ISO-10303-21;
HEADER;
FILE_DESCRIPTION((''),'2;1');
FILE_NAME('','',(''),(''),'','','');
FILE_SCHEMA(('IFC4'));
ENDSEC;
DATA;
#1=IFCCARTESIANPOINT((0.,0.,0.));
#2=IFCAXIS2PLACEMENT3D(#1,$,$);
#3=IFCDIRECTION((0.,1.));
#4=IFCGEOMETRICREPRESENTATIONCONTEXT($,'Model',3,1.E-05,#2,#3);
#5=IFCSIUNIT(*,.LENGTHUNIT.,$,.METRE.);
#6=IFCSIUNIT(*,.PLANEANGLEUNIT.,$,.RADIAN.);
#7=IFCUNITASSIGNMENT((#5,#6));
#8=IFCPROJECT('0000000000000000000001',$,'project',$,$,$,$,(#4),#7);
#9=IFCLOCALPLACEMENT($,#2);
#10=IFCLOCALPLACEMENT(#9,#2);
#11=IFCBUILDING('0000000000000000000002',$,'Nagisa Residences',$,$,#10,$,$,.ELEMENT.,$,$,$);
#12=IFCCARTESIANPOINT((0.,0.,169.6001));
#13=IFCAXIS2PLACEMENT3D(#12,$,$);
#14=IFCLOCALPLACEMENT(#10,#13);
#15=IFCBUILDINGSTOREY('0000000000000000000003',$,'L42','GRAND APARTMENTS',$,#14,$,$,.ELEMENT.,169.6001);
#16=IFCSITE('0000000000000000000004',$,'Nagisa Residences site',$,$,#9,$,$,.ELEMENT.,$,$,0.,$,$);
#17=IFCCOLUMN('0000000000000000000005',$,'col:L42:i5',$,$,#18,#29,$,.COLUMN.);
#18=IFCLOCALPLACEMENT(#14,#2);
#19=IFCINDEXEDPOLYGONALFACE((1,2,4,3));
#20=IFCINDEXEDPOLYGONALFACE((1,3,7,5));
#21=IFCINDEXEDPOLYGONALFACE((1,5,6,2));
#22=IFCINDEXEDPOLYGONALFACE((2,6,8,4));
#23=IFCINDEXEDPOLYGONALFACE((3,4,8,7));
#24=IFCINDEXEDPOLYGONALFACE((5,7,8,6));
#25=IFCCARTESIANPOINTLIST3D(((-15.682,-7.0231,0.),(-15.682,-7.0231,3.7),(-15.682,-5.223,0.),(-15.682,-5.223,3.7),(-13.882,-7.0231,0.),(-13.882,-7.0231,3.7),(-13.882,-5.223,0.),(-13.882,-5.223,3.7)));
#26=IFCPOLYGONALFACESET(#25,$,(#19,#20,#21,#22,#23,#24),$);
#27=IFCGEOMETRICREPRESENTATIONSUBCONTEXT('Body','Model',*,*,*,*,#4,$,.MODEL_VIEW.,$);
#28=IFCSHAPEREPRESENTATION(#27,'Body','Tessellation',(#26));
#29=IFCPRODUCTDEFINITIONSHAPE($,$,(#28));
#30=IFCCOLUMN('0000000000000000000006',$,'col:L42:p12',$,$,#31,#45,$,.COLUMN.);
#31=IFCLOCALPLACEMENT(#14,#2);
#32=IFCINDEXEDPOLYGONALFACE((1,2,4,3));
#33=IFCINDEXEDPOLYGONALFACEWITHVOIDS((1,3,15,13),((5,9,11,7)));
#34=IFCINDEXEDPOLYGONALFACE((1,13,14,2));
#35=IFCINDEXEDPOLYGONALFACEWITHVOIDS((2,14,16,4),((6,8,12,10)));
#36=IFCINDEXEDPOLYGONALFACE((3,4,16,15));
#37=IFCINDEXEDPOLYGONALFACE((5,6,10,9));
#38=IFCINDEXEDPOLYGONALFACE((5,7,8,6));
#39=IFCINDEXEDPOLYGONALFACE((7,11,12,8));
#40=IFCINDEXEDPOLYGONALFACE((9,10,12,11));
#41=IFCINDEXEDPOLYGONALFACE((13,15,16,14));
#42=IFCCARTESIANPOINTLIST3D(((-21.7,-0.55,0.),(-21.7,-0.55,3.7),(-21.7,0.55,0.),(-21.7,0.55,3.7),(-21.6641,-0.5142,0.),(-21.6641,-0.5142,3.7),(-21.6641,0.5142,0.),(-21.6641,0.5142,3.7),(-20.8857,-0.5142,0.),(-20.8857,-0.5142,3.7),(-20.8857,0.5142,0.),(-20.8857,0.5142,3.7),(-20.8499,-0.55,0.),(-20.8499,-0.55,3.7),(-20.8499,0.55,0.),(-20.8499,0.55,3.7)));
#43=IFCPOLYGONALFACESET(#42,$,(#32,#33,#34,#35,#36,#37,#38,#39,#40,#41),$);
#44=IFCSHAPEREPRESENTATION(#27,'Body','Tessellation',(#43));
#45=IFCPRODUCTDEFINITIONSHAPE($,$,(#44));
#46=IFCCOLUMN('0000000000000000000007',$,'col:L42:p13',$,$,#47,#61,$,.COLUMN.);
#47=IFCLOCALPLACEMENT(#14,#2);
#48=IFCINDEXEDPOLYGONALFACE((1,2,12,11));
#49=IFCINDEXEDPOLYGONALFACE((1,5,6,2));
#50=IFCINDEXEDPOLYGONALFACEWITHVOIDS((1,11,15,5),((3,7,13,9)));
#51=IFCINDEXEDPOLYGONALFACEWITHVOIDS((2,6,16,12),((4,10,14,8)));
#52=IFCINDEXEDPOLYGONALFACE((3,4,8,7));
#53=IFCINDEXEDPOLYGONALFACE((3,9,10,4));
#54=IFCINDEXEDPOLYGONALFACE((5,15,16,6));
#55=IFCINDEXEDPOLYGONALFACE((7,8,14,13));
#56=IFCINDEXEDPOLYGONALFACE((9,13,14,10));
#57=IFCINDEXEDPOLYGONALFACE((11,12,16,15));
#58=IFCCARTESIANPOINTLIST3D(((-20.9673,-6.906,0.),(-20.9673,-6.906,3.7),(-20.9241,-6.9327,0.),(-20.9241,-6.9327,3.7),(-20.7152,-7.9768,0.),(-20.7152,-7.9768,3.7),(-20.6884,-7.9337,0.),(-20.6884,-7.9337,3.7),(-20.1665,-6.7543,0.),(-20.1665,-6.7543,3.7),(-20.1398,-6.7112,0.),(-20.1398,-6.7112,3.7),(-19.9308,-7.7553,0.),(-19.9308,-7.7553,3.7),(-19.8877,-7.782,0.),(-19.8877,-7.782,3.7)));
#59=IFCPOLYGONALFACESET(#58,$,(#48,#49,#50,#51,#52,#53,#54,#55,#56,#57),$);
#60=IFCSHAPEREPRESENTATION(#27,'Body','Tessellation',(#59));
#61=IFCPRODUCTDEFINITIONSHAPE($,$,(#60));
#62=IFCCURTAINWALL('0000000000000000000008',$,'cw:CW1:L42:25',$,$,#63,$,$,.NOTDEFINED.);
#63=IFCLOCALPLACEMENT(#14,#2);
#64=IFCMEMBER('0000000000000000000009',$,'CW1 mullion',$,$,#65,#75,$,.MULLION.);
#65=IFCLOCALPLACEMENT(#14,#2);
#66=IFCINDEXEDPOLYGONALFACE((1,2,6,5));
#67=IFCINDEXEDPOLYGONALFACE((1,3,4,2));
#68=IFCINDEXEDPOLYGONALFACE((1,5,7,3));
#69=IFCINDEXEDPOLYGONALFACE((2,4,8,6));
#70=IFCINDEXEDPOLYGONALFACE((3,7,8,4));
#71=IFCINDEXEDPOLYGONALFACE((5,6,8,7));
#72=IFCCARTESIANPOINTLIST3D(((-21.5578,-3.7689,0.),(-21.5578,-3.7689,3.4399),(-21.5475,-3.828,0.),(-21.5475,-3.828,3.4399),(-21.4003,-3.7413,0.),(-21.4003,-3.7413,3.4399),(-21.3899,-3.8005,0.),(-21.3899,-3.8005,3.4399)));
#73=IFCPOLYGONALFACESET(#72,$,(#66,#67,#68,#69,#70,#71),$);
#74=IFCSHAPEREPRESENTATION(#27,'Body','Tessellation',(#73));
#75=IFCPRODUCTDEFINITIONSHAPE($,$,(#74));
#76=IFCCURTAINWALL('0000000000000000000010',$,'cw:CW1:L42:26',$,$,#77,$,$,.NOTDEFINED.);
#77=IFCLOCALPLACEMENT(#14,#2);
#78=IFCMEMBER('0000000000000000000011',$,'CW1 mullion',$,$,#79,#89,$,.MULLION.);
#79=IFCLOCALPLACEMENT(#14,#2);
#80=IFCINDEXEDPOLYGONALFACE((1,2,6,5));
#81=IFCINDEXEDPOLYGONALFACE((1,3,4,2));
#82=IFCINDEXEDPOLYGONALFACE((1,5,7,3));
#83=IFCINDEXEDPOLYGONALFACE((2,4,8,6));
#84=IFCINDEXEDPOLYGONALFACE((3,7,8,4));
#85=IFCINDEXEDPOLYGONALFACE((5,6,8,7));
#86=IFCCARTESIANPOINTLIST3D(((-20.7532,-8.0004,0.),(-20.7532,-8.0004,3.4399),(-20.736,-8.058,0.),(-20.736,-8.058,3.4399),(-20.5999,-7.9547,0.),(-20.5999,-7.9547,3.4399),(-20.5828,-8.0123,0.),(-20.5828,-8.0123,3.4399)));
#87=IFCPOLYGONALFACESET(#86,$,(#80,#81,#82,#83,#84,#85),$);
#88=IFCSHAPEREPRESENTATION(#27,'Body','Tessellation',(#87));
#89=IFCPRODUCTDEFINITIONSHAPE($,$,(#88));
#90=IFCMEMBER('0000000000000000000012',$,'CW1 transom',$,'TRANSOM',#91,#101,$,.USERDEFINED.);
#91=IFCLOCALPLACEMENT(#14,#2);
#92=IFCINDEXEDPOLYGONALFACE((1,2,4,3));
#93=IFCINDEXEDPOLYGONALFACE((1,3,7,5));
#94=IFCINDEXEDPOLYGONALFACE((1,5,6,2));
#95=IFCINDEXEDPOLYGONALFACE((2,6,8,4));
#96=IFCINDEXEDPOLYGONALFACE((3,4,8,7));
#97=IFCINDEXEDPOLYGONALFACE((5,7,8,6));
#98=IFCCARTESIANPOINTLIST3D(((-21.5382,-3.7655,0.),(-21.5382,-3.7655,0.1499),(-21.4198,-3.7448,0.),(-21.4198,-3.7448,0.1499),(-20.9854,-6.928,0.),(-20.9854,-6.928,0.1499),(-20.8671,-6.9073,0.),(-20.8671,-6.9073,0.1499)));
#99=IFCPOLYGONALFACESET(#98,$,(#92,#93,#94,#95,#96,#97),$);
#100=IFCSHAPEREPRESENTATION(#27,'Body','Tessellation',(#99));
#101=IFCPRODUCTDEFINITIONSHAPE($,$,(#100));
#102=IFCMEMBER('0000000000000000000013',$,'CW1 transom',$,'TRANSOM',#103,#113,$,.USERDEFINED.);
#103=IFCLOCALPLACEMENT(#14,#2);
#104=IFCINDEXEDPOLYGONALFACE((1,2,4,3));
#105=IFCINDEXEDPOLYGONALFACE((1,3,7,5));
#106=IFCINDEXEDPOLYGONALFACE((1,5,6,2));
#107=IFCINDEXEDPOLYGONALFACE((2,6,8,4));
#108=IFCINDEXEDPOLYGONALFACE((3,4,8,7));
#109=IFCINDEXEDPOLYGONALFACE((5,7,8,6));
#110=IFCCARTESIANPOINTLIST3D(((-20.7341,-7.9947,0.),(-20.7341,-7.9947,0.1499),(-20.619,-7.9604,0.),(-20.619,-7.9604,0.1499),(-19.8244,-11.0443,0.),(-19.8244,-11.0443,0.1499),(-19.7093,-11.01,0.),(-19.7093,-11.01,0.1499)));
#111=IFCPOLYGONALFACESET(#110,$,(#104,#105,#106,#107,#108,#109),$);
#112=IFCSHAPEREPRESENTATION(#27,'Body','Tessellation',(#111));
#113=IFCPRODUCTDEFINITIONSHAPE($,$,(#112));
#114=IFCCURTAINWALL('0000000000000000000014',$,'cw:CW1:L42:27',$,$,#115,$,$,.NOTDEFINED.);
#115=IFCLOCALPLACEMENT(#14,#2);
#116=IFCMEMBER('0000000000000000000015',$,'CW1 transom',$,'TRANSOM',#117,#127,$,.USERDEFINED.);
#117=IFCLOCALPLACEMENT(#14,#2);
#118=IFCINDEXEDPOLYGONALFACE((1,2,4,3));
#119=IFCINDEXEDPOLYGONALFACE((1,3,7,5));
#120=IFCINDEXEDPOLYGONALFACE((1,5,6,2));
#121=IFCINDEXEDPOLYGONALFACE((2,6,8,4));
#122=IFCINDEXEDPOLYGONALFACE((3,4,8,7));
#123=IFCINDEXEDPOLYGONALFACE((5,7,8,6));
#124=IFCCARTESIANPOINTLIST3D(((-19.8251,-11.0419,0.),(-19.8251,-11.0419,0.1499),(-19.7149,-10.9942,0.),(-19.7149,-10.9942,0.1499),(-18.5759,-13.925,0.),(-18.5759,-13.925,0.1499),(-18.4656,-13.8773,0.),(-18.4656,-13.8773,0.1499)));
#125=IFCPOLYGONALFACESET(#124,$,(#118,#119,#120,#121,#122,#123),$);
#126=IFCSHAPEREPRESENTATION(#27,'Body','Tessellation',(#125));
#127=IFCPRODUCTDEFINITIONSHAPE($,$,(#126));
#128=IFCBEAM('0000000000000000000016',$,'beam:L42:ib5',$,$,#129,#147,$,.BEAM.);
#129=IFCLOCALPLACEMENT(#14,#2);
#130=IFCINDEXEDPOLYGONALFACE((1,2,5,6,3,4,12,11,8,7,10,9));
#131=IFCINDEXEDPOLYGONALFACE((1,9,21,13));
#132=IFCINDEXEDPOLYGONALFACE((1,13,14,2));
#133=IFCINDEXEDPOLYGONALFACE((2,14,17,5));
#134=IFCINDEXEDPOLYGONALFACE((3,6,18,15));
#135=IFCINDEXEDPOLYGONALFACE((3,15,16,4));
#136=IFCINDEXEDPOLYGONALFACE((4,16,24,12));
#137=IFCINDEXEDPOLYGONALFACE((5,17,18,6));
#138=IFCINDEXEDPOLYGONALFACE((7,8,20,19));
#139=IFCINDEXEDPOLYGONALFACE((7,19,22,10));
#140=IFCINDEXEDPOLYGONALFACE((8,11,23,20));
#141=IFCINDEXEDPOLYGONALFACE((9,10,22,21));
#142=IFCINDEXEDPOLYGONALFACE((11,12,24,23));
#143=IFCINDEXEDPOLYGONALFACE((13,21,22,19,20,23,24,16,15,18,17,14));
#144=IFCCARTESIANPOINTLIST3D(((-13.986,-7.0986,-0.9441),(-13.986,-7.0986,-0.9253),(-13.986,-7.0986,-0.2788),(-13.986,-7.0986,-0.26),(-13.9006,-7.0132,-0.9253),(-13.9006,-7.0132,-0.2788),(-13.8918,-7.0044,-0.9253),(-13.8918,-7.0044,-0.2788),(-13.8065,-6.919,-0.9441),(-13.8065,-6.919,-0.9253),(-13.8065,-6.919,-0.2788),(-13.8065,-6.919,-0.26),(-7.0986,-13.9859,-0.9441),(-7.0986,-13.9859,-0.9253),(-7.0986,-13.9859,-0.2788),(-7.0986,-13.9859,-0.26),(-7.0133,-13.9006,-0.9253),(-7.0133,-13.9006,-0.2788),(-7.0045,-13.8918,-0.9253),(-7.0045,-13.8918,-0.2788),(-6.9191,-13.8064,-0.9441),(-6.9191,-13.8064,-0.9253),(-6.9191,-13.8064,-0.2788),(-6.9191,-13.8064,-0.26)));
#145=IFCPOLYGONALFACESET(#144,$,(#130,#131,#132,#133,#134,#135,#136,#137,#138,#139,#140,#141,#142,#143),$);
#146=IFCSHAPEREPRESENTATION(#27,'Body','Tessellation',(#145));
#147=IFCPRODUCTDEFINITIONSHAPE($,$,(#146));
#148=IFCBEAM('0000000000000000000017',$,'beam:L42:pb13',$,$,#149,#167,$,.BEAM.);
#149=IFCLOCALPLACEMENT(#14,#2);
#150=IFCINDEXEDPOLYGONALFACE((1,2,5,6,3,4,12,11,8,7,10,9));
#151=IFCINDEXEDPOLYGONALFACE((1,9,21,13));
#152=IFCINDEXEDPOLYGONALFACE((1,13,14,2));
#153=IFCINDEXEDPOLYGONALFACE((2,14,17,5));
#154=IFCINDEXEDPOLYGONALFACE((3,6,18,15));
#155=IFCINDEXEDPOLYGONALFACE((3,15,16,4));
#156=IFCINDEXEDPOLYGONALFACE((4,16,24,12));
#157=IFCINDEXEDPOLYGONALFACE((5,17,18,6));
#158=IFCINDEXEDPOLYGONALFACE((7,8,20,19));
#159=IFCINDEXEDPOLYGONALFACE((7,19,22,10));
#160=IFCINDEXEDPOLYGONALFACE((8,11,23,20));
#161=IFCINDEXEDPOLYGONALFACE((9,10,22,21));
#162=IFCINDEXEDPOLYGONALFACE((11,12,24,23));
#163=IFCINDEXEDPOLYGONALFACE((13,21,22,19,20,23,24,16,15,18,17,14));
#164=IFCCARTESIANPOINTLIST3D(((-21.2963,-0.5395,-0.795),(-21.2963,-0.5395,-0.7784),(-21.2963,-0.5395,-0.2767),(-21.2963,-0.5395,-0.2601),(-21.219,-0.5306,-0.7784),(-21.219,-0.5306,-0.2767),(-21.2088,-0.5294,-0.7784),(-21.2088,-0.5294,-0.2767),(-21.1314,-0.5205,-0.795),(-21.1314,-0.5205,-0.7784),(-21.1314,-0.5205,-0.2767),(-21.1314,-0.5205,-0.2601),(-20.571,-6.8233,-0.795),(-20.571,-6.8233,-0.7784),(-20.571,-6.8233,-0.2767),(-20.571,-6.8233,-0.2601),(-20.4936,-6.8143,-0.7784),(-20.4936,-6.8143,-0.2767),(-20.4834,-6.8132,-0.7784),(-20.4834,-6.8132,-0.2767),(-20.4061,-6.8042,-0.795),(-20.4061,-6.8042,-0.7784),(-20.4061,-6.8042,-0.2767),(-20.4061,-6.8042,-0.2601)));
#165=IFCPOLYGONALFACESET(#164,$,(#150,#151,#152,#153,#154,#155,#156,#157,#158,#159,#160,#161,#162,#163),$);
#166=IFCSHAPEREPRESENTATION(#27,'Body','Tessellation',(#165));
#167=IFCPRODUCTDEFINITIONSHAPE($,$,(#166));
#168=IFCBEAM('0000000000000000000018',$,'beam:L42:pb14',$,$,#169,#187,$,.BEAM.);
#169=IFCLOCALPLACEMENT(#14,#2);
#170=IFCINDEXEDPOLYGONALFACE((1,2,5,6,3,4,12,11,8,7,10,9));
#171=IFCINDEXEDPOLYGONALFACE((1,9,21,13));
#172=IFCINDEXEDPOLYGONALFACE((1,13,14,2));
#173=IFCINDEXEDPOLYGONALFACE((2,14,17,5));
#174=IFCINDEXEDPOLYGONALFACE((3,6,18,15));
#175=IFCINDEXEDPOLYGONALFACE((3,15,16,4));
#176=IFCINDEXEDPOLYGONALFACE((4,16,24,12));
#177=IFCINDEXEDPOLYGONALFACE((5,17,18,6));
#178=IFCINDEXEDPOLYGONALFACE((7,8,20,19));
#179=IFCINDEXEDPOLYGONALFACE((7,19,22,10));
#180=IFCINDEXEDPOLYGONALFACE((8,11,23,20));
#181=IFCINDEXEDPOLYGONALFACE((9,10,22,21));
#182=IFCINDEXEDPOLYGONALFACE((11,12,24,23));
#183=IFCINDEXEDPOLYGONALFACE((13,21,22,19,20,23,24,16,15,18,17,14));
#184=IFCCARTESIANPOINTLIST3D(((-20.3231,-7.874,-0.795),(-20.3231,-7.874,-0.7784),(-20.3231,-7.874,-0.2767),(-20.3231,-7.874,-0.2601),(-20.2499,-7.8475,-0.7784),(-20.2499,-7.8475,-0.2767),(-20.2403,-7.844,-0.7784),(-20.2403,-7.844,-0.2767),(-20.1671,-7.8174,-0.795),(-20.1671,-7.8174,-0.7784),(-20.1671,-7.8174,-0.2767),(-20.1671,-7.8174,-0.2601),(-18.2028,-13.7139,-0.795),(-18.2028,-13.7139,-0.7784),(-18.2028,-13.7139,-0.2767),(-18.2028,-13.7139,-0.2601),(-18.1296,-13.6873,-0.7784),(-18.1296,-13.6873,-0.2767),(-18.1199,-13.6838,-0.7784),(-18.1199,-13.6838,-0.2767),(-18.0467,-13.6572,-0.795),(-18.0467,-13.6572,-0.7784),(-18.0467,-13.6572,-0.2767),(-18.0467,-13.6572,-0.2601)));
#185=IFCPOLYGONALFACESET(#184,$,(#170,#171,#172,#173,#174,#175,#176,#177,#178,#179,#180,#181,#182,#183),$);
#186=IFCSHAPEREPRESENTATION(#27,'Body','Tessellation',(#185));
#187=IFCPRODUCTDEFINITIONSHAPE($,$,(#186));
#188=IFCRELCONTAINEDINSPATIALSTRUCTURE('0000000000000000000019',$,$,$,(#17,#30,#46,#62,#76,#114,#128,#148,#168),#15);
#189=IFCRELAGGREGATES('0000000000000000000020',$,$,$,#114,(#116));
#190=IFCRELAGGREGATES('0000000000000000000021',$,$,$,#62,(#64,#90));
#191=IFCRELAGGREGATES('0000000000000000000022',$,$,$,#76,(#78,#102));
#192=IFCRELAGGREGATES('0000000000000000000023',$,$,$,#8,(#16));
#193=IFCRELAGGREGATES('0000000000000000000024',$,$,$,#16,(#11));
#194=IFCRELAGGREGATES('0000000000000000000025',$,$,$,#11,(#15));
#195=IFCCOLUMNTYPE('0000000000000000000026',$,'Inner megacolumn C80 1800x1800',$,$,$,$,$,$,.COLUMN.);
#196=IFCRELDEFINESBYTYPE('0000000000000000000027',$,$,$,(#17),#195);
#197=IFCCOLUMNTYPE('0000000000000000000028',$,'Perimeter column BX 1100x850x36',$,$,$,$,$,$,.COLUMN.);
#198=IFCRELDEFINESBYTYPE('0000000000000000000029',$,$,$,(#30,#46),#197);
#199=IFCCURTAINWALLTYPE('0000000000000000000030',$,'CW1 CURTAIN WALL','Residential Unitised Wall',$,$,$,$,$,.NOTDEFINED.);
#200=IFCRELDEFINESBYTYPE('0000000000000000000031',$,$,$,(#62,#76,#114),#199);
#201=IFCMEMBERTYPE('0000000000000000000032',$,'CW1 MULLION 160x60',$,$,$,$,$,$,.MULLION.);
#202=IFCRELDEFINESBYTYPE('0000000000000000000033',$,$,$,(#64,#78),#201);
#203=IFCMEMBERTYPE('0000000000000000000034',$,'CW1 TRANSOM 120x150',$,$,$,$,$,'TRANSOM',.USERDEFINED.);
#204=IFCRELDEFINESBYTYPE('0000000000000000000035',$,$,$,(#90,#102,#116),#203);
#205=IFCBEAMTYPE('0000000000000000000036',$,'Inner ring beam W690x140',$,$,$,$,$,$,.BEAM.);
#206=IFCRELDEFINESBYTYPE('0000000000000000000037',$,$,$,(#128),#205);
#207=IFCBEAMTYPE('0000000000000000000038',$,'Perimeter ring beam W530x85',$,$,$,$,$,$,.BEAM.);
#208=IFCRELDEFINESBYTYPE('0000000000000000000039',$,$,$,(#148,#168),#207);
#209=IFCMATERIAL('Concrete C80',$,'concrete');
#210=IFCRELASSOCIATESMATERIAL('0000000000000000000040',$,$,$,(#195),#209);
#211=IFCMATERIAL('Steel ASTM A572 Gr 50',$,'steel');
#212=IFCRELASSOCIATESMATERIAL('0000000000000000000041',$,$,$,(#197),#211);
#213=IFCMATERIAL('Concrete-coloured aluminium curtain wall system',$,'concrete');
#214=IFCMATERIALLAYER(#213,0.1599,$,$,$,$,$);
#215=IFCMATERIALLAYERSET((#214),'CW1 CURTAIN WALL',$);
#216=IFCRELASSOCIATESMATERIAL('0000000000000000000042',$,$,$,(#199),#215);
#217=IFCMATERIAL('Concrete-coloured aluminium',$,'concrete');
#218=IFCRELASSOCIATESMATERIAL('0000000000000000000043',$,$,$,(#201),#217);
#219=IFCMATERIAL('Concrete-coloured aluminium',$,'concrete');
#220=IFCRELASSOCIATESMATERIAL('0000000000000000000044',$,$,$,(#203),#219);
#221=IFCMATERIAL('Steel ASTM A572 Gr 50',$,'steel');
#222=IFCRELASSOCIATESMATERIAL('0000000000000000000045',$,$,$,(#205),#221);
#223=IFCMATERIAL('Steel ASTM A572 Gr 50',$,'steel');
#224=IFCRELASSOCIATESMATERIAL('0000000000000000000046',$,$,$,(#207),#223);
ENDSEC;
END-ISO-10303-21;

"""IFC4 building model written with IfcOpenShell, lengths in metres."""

from ifc_helpers import new_model, si_unit, direction, frame, origin, origin_2d, place, context, subcontext, project, spatial, rectangle, hollow_rectangle, i_section, extrude, material, layer, layer_set, material_profile, profile_set, type_object, element, aggregate, save


model = new_model("IFC4")

# Units and contexts
model_context = context("Model", 3, precision=1e-05, world=origin(), true_north=direction((0.0, 1.0)))
body_context = subcontext(model_context, "Body", "Model", "MODEL_VIEW")
ifc_project = project(units=[si_unit("LENGTHUNIT", "METRE"), si_unit("PLANEANGLEUNIT", "RADIAN")], contexts=[model_context])

# Site, building, storey
site_placement = place(None, origin())
site = spatial("IfcSite", under=ifc_project, at=site_placement, Name="Nagisa Residences site", CompositionType="ELEMENT", RefElevation=0.0)
building_placement = place(site_placement, origin())
building = spatial("IfcBuilding", under=site, at=building_placement, Name="Nagisa Residences", CompositionType="ELEMENT")
storey_placement = place(building_placement, frame((0.0, 0.0, 169.6001)))
storey = spatial("IfcBuildingStorey", under=building, at=storey_placement, Name="L42", Description="GRAND APARTMENTS", CompositionType="ELEMENT", Elevation=169.6001)

# Columns
ifc_material_1 = material(Name="Concrete C80", Category="concrete")
ifc_material_profile_1 = material_profile(ifc_material_1, rectangle(XDim=1.8, YDim=1.8, at=origin_2d()), Name="C80 1800x1800")
ifc_profile_set_1 = profile_set([ifc_material_profile_1], Name="Concrete C80")
column_type_1 = type_object("IfcColumnType", Name="Inner megacolumn C80 1800x1800", PredefinedType="COLUMN", material=ifc_profile_set_1)
column_placement = place(storey_placement, frame((-14.782, -6.123, 0.0), z_axis=(0.0, 0.0, 1.0), x_axis=(1.0, 0.0, 0.0)))
element("IfcColumn", 1, at=column_placement, inside=storey, type_object=column_type_1, Name="col:L42:i5", PredefinedType="COLUMN", context=body_context, shape_type="SweptSolid", body=[
    extrude(rectangle(XDim=1.8, YDim=1.8, at=origin_2d()), origin(), (0.0, 0.0, 1.0), 3.7),
])
ifc_material_2 = material(Name="Steel ASTM A572 Gr 50", Category="steel")
ifc_material_profile_2 = material_profile(ifc_material_2, hollow_rectangle(XDim=1.1001, YDim=0.8501, WallThickness=0.0359, at=origin_2d()), Name="BX 1100x850x36")
ifc_profile_set_2 = profile_set([ifc_material_profile_2], Name="Steel ASTM A572 Gr 50")
column_type_2 = type_object("IfcColumnType", Name="Perimeter column BX 1100x850x36", PredefinedType="COLUMN", material=ifc_profile_set_2)
for number, where, z_axis, x_axis, name in (
    (2, (-21.2749, 0.0, 0.0), (0.0, 0.0, 1.0), (0.0, -1.0, 0.0), "col:L42:p12"),
    (3, (-20.4275, -7.344, 0.0), (0.0, 0.0, 1.0), (0.229202, -0.973379, 0.0), "col:L42:p13"),
):
    element("IfcColumn", number, at=place(storey_placement, frame(where, z_axis=z_axis, x_axis=x_axis)), inside=storey, type_object=column_type_2, Name=name, PredefinedType="COLUMN", context=body_context, shape_type="SweptSolid", body=[
        extrude(hollow_rectangle(XDim=1.1001, YDim=0.8501, WallThickness=0.0359, at=origin_2d()), origin(), (0.0, 0.0, 1.0), 3.7),
    ])

# Curtain walls, members
ifc_material_3 = material(Name="Concrete-coloured aluminium curtain wall system", Category="concrete")
ifc_layer_1 = layer(ifc_material_3, 0.1599)
ifc_layer_set_1 = layer_set([ifc_layer_1], Name="CW1 CURTAIN WALL")
curtain_wall_type = type_object("IfcCurtainWallType", Name="CW1 CURTAIN WALL", Description="Residential Unitised Wall", PredefinedType="NOTDEFINED", material=ifc_layer_set_1)
curtain_wall_1_placement = place(storey_placement, origin())
curtain_wall_1 = element("IfcCurtainWall", 4, at=curtain_wall_1_placement, inside=storey, type_object=curtain_wall_type, Name="cw:CW1:L42:25", PredefinedType="NOTDEFINED")
ifc_material_4 = material(Name="Concrete-coloured aluminium", Category="concrete")
ifc_material_profile_3 = material_profile(ifc_material_4, rectangle(XDim=0.1599, YDim=0.0601, at=origin_2d()), Name="CW1 MULLION 160x60")
ifc_profile_set_3 = profile_set([ifc_material_profile_3], Name="Concrete-coloured aluminium")
member_type_1 = type_object("IfcMemberType", Name="CW1 MULLION 160x60", PredefinedType="MULLION", material=ifc_profile_set_3)
member_1_placement = place(storey_placement, frame((-21.4739, -3.7847, 0.0), z_axis=(0.0, 0.0, 1.0), x_axis=(0.985064, 0.172191, 0.0)))
member_1 = element("IfcMember", 5, at=member_1_placement, type_object=member_type_1, Name="CW1 mullion", PredefinedType="MULLION", context=body_context, shape_type="SweptSolid", body=[
    extrude(rectangle(XDim=0.1599, YDim=0.0601, at=origin_2d()), origin(), (0.0, 0.0, 1.0), 3.4399),
])
curtain_wall_2_placement = place(storey_placement, origin())
curtain_wall_2 = element("IfcCurtainWall", 6, at=curtain_wall_2_placement, inside=storey, type_object=curtain_wall_type, Name="cw:CW1:L42:26", PredefinedType="NOTDEFINED")
member_2_placement = place(storey_placement, frame((-20.668, -8.0063, 0.0), z_axis=(0.0, 0.0, 1.0), x_axis=(0.958271, 0.28586, 0.0)))
member_2 = element("IfcMember", 7, at=member_2_placement, type_object=member_type_1, Name="CW1 mullion", PredefinedType="MULLION", context=body_context, shape_type="SweptSolid", body=[
    extrude(rectangle(XDim=0.1599, YDim=0.0601, at=origin_2d()), origin(), (0.0, 0.0, 1.0), 3.4399),
])

# Members
ifc_material_5 = material(Name="Concrete-coloured aluminium", Category="concrete")
ifc_material_profile_4 = material_profile(ifc_material_5, rectangle(XDim=0.1201, YDim=0.1499, at=origin_2d()), Name="CW1 TRANSOM 120x150")
ifc_profile_set_4 = profile_set([ifc_material_profile_4], Name="Concrete-coloured aluminium")
member_type_2 = type_object("IfcMemberType", Name="CW1 TRANSOM 120x150", ElementType="TRANSOM", PredefinedType="USERDEFINED", material=ifc_profile_set_4)
member_3_placement = place(storey_placement, frame((-21.479, -3.7551, 0.075), z_axis=(0.172163, -0.985069, 0.0), x_axis=(0.985069, 0.172163, 0.0)))
member_3 = element("IfcMember", 8, at=member_3_placement, type_object=member_type_2, Name="CW1 transom", ObjectType="TRANSOM", PredefinedType="USERDEFINED", context=body_context, shape_type="SweptSolid", body=[
    extrude(rectangle(XDim=0.1201, YDim=0.1499, at=origin_2d()), origin(), (0.0, 0.0, 1.0), 3.2104),
])
member_4_placement = place(storey_placement, frame((-20.6765, -7.9775, 0.075), z_axis=(0.285848, -0.958275, 0.0), x_axis=(0.958275, 0.285848, 0.0)))
member_4 = element("IfcMember", 9, at=member_4_placement, type_object=member_type_2, Name="CW1 transom", ObjectType="TRANSOM", PredefinedType="USERDEFINED", context=body_context, shape_type="SweptSolid", body=[
    extrude(rectangle(XDim=0.1201, YDim=0.1499, at=origin_2d()), origin(), (0.0, 0.0, 1.0), 3.1824),
])

# Curtain wall, member
curtain_wall_3_placement = place(storey_placement, origin())
curtain_wall_3 = element("IfcCurtainWall", 10, at=curtain_wall_3_placement, inside=storey, type_object=curtain_wall_type, Name="cw:CW1:L42:27", PredefinedType="NOTDEFINED")
member_5_placement = place(storey_placement, frame((-19.77, -11.0181, 0.075), z_axis=(0.397592, -0.917562, 0.0), x_axis=(0.917562, 0.397592, 0.0)))
member_5 = element("IfcMember", 11, at=member_5_placement, type_object=member_type_2, Name="CW1 transom", ObjectType="TRANSOM", PredefinedType="USERDEFINED", context=body_context, shape_type="SweptSolid", body=[
    extrude(rectangle(XDim=0.1201, YDim=0.1499, at=origin_2d()), origin(), (0.0, 0.0, 1.0), 3.1421),
])
aggregate(curtain_wall_3, [member_5])

# Beams
ifc_material_6 = material(Name="Steel ASTM A572 Gr 50", Category="steel")
ifc_material_profile_5 = material_profile(ifc_material_6, i_section(OverallWidth=0.2539, OverallDepth=0.6841, WebThickness=0.0125, FlangeThickness=0.0188, at=origin_2d()), Name="W690x140")
ifc_profile_set_5 = profile_set([ifc_material_profile_5], Name="Steel ASTM A572 Gr 50")
beam_type_1 = type_object("IfcBeamType", Name="Inner ring beam W690x140", PredefinedType="BEAM", material=ifc_profile_set_5)
beam_1_placement = place(storey_placement, frame((-13.8962, -7.0088, -0.6021), z_axis=(0.707107, -0.707107, 0.0), x_axis=(0.707107, 0.707107, 0.0)))
element("IfcBeam", 12, at=beam_1_placement, inside=storey, type_object=beam_type_1, Name="beam:L42:ib5", PredefinedType="BEAM", context=body_context, shape_type="SweptSolid", body=[
    extrude(i_section(OverallWidth=0.2539, OverallDepth=0.6841, WebThickness=0.0125, FlangeThickness=0.0188, at=origin_2d()), origin(), (0.0, 0.0, 1.0), 9.7402),
])
ifc_material_7 = material(Name="Steel ASTM A572 Gr 50", Category="steel")
ifc_material_profile_6 = material_profile(ifc_material_7, i_section(OverallWidth=0.166, OverallDepth=0.5349, WebThickness=0.0103, FlangeThickness=0.0166, at=origin_2d()), Name="W530x85")
ifc_profile_set_6 = profile_set([ifc_material_profile_6], Name="Steel ASTM A572 Gr 50")
beam_type_2 = type_object("IfcBeamType", Name="Perimeter ring beam W530x85", PredefinedType="BEAM", material=ifc_profile_set_6)
beam_2_placement = place(storey_placement, frame((-21.2139, -0.53, -0.5276), z_axis=(0.114671, -0.993404, 0.0), x_axis=(0.993404, 0.114671, 0.0)))
element("IfcBeam", 13, at=beam_2_placement, inside=storey, type_object=beam_type_2, Name="beam:L42:pb13", PredefinedType="BEAM", context=body_context, shape_type="SweptSolid", body=[
    extrude(i_section(OverallWidth=0.166, OverallDepth=0.5349, WebThickness=0.0103, FlangeThickness=0.0166, at=origin_2d()), origin(), (0.0, 0.0, 1.0), 6.3254),
])
beam_3_placement = place(storey_placement, frame((-20.2451, -7.8457, -0.5276), z_axis=(0.341286, -0.93996, 0.0), x_axis=(0.93996, 0.341286, 0.0)))
element("IfcBeam", 14, at=beam_3_placement, inside=storey, type_object=beam_type_2, Name="beam:L42:pb14", PredefinedType="BEAM", context=body_context, shape_type="SweptSolid", body=[
    extrude(i_section(OverallWidth=0.166, OverallDepth=0.5349, WebThickness=0.0103, FlangeThickness=0.0166, at=origin_2d()), origin(), (0.0, 0.0, 1.0), 6.2129),
])

aggregate(curtain_wall_1, [member_1, member_3])
aggregate(curtain_wall_2, [member_2, member_4])

save(model, "model.ifc")
